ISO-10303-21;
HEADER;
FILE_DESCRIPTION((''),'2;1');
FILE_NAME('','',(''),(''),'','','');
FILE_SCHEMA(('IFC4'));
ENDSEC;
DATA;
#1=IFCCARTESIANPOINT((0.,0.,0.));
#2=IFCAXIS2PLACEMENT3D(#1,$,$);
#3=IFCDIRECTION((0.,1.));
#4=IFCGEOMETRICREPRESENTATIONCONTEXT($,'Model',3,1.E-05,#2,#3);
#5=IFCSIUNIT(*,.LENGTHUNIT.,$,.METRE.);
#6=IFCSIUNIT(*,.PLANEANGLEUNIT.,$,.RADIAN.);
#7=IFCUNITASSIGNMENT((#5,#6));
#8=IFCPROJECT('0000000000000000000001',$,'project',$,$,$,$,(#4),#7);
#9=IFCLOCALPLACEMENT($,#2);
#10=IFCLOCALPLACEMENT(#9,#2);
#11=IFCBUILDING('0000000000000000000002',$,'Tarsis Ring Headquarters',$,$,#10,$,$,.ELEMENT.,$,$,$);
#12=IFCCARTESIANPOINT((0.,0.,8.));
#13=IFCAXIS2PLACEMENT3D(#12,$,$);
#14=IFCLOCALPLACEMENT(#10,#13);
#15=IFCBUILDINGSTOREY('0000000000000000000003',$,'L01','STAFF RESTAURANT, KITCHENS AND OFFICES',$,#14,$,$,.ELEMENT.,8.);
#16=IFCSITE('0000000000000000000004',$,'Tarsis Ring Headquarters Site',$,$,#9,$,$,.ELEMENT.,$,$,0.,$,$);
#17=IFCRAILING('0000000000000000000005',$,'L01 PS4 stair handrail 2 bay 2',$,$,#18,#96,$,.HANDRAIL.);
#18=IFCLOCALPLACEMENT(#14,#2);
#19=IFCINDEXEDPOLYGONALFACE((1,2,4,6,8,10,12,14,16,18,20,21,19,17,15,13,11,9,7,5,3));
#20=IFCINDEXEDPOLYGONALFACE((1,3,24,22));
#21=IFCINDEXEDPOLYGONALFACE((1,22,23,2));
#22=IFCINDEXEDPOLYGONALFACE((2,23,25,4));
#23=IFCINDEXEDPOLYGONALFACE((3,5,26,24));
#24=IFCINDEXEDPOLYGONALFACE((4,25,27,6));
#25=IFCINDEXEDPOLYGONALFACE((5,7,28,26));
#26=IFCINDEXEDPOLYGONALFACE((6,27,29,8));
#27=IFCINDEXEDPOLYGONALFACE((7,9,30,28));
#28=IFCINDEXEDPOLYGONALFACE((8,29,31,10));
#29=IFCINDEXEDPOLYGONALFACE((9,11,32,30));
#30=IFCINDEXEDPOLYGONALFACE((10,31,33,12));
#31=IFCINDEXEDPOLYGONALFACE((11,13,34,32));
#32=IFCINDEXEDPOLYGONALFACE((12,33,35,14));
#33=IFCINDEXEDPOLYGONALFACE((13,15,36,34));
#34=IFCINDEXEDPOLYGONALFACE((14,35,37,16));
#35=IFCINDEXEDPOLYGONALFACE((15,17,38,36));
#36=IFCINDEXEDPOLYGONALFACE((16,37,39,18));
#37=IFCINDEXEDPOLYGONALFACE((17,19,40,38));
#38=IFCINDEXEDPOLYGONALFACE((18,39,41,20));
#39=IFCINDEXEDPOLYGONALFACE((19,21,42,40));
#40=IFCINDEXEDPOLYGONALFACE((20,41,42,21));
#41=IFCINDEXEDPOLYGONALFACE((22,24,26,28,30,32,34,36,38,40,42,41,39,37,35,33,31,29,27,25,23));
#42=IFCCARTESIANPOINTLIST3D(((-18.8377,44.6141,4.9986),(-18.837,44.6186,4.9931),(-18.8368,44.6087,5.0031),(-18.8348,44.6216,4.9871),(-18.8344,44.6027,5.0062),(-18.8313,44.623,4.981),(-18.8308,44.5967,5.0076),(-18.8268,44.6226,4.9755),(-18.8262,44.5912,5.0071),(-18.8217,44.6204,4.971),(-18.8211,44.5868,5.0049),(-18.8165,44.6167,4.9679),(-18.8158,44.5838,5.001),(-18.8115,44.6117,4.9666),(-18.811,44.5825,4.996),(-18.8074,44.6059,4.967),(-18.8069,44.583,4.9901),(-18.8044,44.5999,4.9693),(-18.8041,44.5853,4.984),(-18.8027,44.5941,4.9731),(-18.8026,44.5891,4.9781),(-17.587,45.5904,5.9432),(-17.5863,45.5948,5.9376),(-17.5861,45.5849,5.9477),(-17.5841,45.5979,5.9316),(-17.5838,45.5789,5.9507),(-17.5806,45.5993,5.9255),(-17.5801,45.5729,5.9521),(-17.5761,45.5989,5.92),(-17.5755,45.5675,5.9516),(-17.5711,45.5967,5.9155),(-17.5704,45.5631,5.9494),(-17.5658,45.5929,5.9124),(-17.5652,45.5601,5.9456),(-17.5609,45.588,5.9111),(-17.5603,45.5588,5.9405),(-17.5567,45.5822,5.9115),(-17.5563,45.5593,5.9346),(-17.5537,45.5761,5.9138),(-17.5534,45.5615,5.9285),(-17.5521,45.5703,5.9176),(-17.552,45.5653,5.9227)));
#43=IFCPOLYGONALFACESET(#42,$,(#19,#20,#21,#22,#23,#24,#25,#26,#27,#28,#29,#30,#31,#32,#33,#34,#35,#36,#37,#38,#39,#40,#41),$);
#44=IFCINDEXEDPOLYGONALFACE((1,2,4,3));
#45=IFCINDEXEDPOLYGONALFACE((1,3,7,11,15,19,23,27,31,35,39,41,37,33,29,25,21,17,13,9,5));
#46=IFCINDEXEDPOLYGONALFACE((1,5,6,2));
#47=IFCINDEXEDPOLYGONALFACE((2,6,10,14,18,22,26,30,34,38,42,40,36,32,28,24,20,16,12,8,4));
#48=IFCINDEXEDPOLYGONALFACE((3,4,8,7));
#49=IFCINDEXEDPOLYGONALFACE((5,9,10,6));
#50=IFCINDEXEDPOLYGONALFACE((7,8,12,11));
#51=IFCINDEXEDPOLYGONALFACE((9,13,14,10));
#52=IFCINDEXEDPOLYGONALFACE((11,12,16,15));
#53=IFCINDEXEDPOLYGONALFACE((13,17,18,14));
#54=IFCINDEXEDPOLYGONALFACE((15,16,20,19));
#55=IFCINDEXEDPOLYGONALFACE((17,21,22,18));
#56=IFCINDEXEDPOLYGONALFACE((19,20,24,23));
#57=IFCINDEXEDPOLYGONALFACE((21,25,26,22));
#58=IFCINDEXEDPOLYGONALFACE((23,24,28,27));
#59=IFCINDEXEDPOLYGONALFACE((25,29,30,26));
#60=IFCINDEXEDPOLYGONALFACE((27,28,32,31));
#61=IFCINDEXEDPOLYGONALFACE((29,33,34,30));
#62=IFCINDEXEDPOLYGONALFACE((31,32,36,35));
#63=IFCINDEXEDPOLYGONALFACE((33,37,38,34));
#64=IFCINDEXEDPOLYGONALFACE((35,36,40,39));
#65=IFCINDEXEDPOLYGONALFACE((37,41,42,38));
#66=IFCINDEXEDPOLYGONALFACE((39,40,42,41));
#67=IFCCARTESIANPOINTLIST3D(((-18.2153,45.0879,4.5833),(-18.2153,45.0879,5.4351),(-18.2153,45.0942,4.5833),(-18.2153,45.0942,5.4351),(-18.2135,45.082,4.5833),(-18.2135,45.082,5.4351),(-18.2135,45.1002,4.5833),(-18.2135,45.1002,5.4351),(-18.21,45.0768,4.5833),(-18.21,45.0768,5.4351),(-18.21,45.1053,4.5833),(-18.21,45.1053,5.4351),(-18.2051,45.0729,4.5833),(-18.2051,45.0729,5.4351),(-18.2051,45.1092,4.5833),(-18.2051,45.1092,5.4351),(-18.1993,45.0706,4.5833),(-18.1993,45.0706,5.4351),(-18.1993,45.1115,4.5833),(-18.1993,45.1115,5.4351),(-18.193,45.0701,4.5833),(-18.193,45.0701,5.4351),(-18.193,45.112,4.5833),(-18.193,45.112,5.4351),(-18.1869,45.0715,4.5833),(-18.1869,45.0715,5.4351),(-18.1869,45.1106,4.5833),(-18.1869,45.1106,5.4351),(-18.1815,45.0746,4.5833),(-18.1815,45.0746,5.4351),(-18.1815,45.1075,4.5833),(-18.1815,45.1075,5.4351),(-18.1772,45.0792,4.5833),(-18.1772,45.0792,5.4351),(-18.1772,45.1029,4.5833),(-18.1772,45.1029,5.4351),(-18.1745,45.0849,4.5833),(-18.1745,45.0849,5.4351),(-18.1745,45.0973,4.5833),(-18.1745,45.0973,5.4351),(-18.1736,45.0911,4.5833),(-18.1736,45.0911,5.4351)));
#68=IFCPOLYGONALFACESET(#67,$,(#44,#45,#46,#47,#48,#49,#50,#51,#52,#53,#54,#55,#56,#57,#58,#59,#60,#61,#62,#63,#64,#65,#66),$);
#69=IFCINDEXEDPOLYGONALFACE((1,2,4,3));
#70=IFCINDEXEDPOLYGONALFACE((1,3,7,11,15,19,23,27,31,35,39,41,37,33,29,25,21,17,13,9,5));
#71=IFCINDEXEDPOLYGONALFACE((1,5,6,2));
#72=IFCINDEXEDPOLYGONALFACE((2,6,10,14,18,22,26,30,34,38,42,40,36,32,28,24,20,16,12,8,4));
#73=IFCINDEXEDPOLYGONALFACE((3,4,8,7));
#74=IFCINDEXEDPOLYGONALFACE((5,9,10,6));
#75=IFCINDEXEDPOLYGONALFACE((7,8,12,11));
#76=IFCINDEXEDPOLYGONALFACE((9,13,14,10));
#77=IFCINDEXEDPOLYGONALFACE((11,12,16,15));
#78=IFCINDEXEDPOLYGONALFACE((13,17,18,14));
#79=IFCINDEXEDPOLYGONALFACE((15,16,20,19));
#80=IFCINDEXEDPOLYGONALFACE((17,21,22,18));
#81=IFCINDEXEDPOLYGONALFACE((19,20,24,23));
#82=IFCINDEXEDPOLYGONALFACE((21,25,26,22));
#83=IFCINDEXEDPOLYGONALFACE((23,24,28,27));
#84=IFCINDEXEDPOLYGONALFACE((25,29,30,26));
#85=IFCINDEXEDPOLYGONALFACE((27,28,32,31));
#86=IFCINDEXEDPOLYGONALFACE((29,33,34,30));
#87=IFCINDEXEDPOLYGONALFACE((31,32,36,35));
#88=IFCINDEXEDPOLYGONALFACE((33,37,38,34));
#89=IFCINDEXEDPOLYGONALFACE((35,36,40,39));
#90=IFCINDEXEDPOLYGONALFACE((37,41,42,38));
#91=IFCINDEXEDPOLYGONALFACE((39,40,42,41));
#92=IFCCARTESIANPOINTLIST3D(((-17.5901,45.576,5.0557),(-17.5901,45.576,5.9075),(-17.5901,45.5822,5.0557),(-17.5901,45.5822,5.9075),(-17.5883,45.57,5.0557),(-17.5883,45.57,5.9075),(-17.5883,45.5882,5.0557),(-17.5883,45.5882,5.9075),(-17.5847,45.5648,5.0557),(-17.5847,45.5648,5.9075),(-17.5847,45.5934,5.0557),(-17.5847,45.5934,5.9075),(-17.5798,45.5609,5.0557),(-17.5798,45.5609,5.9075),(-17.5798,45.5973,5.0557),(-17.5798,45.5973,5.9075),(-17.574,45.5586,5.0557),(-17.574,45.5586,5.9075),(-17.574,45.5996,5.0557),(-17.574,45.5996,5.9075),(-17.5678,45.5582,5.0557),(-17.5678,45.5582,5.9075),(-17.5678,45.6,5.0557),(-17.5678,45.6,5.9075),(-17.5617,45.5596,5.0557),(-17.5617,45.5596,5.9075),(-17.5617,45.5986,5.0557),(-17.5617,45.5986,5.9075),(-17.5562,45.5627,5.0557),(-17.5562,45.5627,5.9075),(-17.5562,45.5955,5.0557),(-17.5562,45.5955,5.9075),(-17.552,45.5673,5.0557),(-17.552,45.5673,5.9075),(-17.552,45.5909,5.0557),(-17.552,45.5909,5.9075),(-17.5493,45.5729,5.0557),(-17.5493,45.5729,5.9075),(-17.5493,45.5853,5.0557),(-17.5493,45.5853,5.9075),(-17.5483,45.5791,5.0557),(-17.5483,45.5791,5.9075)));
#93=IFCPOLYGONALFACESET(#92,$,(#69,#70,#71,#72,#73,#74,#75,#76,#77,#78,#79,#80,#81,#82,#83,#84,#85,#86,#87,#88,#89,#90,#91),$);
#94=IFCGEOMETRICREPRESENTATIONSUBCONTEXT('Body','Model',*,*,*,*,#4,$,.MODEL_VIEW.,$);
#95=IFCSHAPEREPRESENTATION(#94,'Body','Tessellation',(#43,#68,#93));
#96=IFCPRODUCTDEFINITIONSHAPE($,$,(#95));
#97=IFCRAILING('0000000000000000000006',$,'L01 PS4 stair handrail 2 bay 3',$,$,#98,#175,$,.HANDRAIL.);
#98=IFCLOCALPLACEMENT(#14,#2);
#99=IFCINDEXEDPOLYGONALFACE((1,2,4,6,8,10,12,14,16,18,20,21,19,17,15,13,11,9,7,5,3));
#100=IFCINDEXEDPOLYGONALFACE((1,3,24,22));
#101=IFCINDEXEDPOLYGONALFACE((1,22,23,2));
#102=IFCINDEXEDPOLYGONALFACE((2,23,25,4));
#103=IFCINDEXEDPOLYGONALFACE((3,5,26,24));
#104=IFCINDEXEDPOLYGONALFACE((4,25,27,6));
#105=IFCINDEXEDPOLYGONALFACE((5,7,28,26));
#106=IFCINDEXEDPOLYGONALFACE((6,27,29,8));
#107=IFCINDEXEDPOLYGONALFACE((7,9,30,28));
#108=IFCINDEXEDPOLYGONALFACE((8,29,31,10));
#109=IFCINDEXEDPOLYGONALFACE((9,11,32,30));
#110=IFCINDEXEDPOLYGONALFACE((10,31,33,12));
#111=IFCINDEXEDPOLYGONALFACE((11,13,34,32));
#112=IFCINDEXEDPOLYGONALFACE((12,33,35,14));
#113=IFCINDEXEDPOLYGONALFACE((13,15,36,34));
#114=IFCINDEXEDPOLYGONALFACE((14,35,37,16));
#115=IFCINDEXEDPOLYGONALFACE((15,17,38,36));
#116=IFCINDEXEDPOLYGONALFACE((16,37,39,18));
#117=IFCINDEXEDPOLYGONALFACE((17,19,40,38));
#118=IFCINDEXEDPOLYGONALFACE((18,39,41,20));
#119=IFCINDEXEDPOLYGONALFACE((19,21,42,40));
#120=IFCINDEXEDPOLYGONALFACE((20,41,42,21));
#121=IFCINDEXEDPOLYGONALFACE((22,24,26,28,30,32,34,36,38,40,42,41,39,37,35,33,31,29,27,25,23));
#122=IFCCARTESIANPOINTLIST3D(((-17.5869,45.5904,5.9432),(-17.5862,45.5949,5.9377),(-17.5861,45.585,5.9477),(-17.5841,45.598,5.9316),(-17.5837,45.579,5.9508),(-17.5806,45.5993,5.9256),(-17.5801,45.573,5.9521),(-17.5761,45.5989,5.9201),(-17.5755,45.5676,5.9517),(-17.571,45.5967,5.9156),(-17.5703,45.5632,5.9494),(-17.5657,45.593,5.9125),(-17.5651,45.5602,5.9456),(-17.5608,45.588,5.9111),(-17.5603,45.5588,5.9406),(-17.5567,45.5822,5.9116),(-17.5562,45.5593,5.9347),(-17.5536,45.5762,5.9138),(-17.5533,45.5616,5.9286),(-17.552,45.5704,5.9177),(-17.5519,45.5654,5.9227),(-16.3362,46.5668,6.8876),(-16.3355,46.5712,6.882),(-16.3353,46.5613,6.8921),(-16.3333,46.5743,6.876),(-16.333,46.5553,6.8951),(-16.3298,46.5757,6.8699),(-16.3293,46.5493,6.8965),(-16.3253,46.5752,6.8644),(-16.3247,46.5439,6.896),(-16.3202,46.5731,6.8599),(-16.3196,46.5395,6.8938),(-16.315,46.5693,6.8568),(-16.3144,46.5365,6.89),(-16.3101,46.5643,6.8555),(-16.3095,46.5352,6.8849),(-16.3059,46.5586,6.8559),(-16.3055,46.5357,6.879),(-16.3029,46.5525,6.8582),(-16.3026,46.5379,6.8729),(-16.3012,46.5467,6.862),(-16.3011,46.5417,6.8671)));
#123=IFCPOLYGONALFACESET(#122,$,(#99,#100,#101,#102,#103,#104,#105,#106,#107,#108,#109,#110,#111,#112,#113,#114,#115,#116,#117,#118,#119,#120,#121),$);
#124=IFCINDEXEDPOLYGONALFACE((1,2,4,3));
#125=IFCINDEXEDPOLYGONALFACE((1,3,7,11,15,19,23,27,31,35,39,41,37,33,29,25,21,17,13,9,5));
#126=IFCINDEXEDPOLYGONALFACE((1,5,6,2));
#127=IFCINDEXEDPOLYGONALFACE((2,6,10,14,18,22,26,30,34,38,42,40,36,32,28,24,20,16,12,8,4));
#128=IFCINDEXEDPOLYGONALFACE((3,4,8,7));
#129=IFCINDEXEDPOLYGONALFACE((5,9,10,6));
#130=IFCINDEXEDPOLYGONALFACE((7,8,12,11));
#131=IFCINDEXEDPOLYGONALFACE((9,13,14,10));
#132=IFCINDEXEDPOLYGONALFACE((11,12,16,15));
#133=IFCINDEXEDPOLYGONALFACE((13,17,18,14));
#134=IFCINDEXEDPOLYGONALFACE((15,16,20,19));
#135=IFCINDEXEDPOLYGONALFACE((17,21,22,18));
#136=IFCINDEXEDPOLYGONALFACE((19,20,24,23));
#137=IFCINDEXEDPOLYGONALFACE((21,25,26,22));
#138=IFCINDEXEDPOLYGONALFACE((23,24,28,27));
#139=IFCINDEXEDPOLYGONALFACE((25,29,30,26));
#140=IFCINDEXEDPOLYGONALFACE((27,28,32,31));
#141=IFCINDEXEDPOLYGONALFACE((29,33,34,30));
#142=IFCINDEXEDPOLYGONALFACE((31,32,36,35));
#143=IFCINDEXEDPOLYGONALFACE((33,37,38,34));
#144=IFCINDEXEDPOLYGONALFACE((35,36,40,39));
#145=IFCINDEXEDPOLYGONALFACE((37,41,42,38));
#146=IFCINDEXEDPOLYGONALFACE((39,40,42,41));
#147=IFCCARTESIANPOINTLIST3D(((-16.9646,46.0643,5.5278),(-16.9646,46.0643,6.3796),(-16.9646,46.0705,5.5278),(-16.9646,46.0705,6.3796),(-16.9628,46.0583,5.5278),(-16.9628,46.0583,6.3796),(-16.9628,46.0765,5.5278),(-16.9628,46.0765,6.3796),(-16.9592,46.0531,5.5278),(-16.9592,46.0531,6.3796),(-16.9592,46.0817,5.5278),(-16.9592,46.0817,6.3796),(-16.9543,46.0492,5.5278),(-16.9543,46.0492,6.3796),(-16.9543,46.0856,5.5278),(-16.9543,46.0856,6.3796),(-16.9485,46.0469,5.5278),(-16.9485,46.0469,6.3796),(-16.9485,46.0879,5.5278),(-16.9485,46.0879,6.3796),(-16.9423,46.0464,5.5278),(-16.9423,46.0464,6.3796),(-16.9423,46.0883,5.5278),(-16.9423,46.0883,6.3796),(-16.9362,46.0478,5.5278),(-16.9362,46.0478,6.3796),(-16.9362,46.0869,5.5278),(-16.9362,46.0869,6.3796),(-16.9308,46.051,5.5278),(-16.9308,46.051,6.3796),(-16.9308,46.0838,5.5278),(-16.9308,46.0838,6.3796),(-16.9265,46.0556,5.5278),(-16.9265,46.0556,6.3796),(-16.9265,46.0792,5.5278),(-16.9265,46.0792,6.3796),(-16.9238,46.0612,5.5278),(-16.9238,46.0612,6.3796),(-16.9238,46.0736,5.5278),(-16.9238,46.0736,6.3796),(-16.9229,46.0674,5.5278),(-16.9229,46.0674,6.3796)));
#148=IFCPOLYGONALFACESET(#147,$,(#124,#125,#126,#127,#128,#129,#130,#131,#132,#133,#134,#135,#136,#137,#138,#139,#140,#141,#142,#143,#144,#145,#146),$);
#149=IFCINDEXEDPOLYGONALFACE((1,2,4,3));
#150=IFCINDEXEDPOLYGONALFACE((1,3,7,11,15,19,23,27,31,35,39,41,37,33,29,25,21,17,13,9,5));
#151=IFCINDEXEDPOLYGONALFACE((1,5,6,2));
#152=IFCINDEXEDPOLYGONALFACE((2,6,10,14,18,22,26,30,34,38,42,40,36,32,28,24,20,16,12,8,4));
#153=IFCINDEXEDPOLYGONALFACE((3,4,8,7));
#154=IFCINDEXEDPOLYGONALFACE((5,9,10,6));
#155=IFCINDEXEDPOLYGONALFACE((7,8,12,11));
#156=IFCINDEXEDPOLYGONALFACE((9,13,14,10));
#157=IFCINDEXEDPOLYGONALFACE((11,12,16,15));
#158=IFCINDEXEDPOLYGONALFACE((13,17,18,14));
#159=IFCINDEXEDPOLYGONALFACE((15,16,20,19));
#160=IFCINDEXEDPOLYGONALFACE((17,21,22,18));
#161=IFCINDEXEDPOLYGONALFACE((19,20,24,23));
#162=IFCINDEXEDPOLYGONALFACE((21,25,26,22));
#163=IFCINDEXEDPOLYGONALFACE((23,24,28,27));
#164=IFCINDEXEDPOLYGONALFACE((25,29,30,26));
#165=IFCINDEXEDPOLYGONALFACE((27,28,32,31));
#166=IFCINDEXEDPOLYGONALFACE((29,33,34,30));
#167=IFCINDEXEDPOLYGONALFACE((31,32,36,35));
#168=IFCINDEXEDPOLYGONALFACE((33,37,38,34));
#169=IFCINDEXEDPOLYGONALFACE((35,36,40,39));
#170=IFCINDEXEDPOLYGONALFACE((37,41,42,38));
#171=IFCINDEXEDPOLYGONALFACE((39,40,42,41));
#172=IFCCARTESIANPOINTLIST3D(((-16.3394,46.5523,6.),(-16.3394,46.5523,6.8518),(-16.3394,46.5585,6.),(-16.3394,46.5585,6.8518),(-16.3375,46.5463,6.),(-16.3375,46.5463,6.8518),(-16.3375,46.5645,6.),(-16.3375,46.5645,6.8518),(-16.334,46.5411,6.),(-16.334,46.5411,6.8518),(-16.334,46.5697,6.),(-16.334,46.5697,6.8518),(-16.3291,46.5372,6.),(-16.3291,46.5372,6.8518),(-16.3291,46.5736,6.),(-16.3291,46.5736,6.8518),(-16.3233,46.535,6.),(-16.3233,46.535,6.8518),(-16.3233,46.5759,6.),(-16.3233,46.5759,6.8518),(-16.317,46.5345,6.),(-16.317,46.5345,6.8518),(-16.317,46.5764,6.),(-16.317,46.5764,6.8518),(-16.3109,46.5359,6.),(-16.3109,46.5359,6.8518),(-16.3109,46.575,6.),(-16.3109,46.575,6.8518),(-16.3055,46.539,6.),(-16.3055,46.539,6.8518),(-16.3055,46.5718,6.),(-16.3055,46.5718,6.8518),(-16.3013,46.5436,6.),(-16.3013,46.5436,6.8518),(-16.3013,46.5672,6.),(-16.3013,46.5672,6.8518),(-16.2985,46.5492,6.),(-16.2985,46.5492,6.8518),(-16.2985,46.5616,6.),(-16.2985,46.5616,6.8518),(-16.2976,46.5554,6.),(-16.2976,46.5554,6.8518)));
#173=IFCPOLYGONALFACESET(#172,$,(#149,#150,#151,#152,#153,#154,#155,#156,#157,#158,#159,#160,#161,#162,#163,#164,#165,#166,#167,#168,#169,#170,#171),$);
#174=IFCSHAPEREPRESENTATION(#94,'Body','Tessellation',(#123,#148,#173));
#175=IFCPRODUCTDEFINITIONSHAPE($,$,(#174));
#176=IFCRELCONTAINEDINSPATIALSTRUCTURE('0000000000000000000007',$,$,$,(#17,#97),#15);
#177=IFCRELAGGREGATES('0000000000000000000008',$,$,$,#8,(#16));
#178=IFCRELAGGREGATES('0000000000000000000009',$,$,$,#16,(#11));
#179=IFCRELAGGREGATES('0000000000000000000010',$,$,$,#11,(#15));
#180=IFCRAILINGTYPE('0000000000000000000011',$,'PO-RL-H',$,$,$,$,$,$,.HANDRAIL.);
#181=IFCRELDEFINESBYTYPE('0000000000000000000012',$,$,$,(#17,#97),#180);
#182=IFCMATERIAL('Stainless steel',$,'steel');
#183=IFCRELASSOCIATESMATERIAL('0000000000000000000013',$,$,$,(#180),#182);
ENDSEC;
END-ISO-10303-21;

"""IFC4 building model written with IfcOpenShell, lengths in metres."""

from ifc_helpers import new_model, si_unit, direction, frame, origin, origin_2d, place, context, subcontext, project, spatial, circle, extrude, material, type_object, element, save


model = new_model("IFC4")

# Units and contexts
model_context = context("Model", 3, precision=1e-05, world=origin(), true_north=direction((0.0, 1.0)))
body_context = subcontext(model_context, "Body", "Model", "MODEL_VIEW")
ifc_project = project(units=[si_unit("LENGTHUNIT", "METRE"), si_unit("PLANEANGLEUNIT", "RADIAN")], contexts=[model_context])

# Site, building, storey
site_placement = place(None, origin())
site = spatial("IfcSite", under=ifc_project, at=site_placement, Name="Tarsis Ring Headquarters Site", CompositionType="ELEMENT", RefElevation=0.0)
building_placement = place(site_placement, origin())
building = spatial("IfcBuilding", under=site, at=building_placement, Name="Tarsis Ring Headquarters", CompositionType="ELEMENT")
storey_placement = place(building_placement, frame((0.0, 0.0, 8.0)))
storey = spatial("IfcBuildingStorey", under=building, at=storey_placement, Name="L01", Description="STAFF RESTAURANT, KITCHENS AND OFFICES", CompositionType="ELEMENT", Elevation=8.0)

# Railings
ifc_material_1 = material(Name="Stainless steel", Category="steel")
railing_type_1 = type_object("IfcRailingType", Name="PO-RL-H", PredefinedType="HANDRAIL", material=ifc_material_1)
railing_1_placement = place(storey_placement, frame((-18.8201, 44.6028, 4.1111)))
element("IfcRailing", 1, at=railing_1_placement, inside=storey, type_object=railing_type_1, Name="L01 PS4 stair handrail 2 bay 2", PredefinedType="HANDRAIL", context=body_context, shape_type="SweptSolid", body=[
    extrude(circle(Radius=0.0239, at=origin_2d()), frame((0.0, 0.0, 0.876), z_axis=(0.677333, 0.528725, 0.511537), x_axis=(-0.615324, 0.788274, 0.0)), (0.0, 0.0, 1.0), 1.8464),
    extrude(circle(Radius=0.021, at=origin_2d()), frame((0.6255, 0.4883, 0.4722)), (0.0, 0.0, 1.0), 0.8518),
    extrude(circle(Radius=0.021, at=origin_2d()), frame((1.2507, 0.9763, 0.9446)), (0.0, 0.0, 1.0), 0.8518),
])
railing_2_placement = place(storey_placement, frame((-17.5693, 45.5791, 5.0557)))
element("IfcRailing", 2, at=railing_2_placement, inside=storey, type_object=railing_type_1, Name="L01 PS4 stair handrail 2 bay 3", PredefinedType="HANDRAIL", context=body_context, shape_type="SweptSolid", body=[
    extrude(circle(Radius=0.0239, at=origin_2d()), frame((0.0, 0.0, 0.876), z_axis=(0.677379, 0.52876, 0.511439), x_axis=(-0.615324, 0.788274, 0.0)), (0.0, 0.0, 1.0), 1.8464),
    extrude(circle(Radius=0.021, at=origin_2d()), frame((0.6255, 0.4883, 0.4722)), (0.0, 0.0, 1.0), 0.8518),
    extrude(circle(Radius=0.021, at=origin_2d()), frame((1.2507, 0.9763, 0.9443)), (0.0, 0.0, 1.0), 0.8518),
])

save(model, "model.ifc")
